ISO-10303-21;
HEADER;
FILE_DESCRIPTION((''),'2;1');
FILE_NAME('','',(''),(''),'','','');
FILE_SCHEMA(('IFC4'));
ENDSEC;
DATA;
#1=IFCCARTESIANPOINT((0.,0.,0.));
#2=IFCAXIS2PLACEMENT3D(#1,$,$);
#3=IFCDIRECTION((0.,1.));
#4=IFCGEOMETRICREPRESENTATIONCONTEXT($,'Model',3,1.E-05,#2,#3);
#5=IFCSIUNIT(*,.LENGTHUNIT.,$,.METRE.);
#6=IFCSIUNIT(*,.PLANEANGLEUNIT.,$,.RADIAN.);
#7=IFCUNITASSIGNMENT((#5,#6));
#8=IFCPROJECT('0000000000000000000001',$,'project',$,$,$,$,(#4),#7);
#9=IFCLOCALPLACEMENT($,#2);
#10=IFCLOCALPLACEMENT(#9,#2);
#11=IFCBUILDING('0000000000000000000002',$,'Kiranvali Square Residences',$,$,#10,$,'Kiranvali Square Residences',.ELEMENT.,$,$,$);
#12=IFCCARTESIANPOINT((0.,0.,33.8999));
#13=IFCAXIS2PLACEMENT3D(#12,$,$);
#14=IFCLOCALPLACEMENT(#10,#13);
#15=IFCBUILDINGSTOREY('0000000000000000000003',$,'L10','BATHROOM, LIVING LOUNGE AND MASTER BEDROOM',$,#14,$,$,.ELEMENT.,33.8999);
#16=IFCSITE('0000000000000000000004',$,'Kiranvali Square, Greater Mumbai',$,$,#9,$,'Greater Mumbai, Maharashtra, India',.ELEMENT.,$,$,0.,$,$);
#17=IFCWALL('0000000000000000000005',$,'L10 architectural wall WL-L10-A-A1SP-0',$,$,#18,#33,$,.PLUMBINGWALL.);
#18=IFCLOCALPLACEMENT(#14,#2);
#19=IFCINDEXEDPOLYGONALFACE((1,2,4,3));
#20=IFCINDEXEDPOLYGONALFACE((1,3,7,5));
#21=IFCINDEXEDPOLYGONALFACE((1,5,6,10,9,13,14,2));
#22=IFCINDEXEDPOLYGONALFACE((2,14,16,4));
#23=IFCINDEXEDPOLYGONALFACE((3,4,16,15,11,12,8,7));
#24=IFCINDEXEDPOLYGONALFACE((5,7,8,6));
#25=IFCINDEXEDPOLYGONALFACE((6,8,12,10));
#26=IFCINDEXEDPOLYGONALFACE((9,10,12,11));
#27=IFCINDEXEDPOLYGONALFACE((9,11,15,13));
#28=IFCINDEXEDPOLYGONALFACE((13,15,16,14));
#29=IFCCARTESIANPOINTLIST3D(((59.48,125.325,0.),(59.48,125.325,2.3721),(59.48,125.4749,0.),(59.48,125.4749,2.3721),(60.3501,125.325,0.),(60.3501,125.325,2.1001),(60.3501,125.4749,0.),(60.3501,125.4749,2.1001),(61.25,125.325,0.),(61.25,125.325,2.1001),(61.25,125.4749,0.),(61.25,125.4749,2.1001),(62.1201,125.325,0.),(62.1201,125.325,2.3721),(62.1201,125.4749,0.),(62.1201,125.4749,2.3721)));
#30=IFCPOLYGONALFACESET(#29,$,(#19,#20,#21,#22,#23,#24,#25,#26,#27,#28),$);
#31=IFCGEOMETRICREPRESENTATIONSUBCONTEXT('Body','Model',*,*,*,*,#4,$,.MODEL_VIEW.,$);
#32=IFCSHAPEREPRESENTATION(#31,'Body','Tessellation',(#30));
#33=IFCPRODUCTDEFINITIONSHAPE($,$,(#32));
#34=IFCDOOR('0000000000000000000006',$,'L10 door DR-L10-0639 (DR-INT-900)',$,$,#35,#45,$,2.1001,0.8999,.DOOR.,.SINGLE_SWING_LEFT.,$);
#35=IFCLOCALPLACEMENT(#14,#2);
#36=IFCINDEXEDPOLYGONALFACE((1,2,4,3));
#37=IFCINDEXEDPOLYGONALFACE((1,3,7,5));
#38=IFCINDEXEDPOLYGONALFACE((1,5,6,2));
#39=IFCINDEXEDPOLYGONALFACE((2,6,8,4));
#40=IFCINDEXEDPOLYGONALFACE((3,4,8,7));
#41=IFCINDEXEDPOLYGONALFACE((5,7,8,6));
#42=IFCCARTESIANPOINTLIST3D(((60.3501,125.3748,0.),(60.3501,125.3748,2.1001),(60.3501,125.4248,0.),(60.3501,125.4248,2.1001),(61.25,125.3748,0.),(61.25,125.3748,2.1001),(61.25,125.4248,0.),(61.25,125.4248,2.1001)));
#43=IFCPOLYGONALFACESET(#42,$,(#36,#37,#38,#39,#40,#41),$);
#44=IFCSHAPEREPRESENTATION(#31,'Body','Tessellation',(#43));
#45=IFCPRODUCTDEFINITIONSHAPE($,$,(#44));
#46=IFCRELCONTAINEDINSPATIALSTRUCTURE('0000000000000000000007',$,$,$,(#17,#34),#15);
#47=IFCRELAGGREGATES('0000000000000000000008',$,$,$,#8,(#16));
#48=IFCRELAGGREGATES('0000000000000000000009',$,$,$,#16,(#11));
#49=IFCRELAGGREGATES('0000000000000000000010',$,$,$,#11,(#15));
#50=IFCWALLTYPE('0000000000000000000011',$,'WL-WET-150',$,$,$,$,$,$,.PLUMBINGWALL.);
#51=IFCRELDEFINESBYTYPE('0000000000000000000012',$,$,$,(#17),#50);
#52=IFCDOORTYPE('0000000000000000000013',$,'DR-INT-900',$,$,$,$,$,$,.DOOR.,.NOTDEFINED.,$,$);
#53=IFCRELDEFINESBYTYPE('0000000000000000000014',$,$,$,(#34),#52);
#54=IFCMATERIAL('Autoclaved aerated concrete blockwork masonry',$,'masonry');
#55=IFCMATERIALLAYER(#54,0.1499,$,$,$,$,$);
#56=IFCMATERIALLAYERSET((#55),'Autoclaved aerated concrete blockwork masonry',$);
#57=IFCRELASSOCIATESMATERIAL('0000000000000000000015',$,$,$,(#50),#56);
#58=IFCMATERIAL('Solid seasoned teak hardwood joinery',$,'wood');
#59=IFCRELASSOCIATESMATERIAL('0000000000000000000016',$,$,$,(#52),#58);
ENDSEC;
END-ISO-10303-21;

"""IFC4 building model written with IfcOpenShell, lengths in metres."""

from ifc_helpers import new_model, si_unit, direction, frame, frame_2d, origin, place, context, subcontext, project, spatial, rectangle, extrude, material, layer, layer_set, type_object, element, fill, save


model = new_model("IFC4")

# Units and contexts
model_context = context("Model", 3, precision=1e-05, world=origin(), true_north=direction((0.0, 1.0)))
body_context = subcontext(model_context, "Body", "Model", "MODEL_VIEW")
ifc_project = project(units=[si_unit("LENGTHUNIT", "METRE"), si_unit("PLANEANGLEUNIT", "RADIAN")], contexts=[model_context])

# Site, building, storey
site_placement = place(None, origin())
site = spatial("IfcSite", under=ifc_project, at=site_placement, Name="Kiranvali Square, Greater Mumbai", LongName="Greater Mumbai, Maharashtra, India", CompositionType="ELEMENT", RefElevation=0.0)
building_placement = place(site_placement, origin())
building = spatial("IfcBuilding", under=site, at=building_placement, Name="Kiranvali Square Residences", LongName="Kiranvali Square Residences", CompositionType="ELEMENT")
storey_placement = place(building_placement, frame((0.0, 0.0, 33.8999)))
storey = spatial("IfcBuildingStorey", under=building, at=storey_placement, Name="L10", Description="BATHROOM, LIVING LOUNGE AND MASTER BEDROOM", CompositionType="ELEMENT", Elevation=33.8999)

# Wall, opening, door
ifc_material_1 = material(Name="Solid seasoned teak hardwood joinery", Category="wood")
ifc_material_2 = material(Name="Autoclaved aerated concrete blockwork masonry", Category="masonry")
ifc_layer_1 = layer(ifc_material_2, 0.1499)
ifc_layer_set_1 = layer_set([ifc_layer_1], Name="Autoclaved aerated concrete blockwork masonry")
wall_type_1 = type_object("IfcWallType", Name="WL-WET-150", PredefinedType="PLUMBINGWALL", material=ifc_layer_set_1)
wall_1_placement = place(storey_placement, frame((59.48, 125.3999, 0.0), z_axis=(0.0, 0.0, 1.0), x_axis=(1.0, 0.0, 0.0)))
wall_1 = element("IfcWall", 1, at=wall_1_placement, inside=storey, type_object=wall_type_1, Name="L10 architectural wall WL-L10-A-A1SP-0", PredefinedType="PLUMBINGWALL", context=body_context, shape_type="SweptSolid", body=[
    extrude(rectangle(XDim=2.6401, YDim=0.1499, at=frame_2d((1.3201, 0.0))), origin(), (0.0, 0.0, 1.0), 2.3721),
])
opening_1_placement = place(wall_1_placement, frame((0.8701, 0.0, 0.0)))
opening_1 = element("IfcOpeningElement", 2, at=opening_1_placement, cuts=wall_1, PredefinedType="OPENING", context=body_context, shape_type="SweptSolid", body=[
    extrude(rectangle(XDim=0.8999, YDim=2.1001, at=frame_2d((0.45, 1.05))), frame((0.0, 0.085, 0.0), z_axis=(0.0, -1.0, 0.0), x_axis=(1.0, 0.0, 0.0)), (0.0, 0.0, 1.0), 0.1699),
])
door_type_1 = type_object("IfcDoorType", Name="DR-INT-900", OperationType="NOTDEFINED", PredefinedType="DOOR", material=ifc_material_1)
door_1_placement = place(opening_1_placement, origin())
door_1 = element("IfcDoor", 3, at=door_1_placement, inside=storey, type_object=door_type_1, Name="L10 door DR-L10-0639 (DR-INT-900)", OperationType="SINGLE_SWING_LEFT", OverallHeight=2.1001, OverallWidth=0.8999, PredefinedType="DOOR", context=body_context, shape_type="SweptSolid", body=[
    extrude(rectangle(XDim=0.8999, YDim=2.1001, at=frame_2d((0.45, 1.05))), frame((0.0, 0.0249, 0.0), z_axis=(0.0, -1.0, 0.0), x_axis=(1.0, 0.0, 0.0)), (0.0, 0.0, 1.0), 0.05),
])
fill(opening_1, door_1)

save(model, "model.ifc")
